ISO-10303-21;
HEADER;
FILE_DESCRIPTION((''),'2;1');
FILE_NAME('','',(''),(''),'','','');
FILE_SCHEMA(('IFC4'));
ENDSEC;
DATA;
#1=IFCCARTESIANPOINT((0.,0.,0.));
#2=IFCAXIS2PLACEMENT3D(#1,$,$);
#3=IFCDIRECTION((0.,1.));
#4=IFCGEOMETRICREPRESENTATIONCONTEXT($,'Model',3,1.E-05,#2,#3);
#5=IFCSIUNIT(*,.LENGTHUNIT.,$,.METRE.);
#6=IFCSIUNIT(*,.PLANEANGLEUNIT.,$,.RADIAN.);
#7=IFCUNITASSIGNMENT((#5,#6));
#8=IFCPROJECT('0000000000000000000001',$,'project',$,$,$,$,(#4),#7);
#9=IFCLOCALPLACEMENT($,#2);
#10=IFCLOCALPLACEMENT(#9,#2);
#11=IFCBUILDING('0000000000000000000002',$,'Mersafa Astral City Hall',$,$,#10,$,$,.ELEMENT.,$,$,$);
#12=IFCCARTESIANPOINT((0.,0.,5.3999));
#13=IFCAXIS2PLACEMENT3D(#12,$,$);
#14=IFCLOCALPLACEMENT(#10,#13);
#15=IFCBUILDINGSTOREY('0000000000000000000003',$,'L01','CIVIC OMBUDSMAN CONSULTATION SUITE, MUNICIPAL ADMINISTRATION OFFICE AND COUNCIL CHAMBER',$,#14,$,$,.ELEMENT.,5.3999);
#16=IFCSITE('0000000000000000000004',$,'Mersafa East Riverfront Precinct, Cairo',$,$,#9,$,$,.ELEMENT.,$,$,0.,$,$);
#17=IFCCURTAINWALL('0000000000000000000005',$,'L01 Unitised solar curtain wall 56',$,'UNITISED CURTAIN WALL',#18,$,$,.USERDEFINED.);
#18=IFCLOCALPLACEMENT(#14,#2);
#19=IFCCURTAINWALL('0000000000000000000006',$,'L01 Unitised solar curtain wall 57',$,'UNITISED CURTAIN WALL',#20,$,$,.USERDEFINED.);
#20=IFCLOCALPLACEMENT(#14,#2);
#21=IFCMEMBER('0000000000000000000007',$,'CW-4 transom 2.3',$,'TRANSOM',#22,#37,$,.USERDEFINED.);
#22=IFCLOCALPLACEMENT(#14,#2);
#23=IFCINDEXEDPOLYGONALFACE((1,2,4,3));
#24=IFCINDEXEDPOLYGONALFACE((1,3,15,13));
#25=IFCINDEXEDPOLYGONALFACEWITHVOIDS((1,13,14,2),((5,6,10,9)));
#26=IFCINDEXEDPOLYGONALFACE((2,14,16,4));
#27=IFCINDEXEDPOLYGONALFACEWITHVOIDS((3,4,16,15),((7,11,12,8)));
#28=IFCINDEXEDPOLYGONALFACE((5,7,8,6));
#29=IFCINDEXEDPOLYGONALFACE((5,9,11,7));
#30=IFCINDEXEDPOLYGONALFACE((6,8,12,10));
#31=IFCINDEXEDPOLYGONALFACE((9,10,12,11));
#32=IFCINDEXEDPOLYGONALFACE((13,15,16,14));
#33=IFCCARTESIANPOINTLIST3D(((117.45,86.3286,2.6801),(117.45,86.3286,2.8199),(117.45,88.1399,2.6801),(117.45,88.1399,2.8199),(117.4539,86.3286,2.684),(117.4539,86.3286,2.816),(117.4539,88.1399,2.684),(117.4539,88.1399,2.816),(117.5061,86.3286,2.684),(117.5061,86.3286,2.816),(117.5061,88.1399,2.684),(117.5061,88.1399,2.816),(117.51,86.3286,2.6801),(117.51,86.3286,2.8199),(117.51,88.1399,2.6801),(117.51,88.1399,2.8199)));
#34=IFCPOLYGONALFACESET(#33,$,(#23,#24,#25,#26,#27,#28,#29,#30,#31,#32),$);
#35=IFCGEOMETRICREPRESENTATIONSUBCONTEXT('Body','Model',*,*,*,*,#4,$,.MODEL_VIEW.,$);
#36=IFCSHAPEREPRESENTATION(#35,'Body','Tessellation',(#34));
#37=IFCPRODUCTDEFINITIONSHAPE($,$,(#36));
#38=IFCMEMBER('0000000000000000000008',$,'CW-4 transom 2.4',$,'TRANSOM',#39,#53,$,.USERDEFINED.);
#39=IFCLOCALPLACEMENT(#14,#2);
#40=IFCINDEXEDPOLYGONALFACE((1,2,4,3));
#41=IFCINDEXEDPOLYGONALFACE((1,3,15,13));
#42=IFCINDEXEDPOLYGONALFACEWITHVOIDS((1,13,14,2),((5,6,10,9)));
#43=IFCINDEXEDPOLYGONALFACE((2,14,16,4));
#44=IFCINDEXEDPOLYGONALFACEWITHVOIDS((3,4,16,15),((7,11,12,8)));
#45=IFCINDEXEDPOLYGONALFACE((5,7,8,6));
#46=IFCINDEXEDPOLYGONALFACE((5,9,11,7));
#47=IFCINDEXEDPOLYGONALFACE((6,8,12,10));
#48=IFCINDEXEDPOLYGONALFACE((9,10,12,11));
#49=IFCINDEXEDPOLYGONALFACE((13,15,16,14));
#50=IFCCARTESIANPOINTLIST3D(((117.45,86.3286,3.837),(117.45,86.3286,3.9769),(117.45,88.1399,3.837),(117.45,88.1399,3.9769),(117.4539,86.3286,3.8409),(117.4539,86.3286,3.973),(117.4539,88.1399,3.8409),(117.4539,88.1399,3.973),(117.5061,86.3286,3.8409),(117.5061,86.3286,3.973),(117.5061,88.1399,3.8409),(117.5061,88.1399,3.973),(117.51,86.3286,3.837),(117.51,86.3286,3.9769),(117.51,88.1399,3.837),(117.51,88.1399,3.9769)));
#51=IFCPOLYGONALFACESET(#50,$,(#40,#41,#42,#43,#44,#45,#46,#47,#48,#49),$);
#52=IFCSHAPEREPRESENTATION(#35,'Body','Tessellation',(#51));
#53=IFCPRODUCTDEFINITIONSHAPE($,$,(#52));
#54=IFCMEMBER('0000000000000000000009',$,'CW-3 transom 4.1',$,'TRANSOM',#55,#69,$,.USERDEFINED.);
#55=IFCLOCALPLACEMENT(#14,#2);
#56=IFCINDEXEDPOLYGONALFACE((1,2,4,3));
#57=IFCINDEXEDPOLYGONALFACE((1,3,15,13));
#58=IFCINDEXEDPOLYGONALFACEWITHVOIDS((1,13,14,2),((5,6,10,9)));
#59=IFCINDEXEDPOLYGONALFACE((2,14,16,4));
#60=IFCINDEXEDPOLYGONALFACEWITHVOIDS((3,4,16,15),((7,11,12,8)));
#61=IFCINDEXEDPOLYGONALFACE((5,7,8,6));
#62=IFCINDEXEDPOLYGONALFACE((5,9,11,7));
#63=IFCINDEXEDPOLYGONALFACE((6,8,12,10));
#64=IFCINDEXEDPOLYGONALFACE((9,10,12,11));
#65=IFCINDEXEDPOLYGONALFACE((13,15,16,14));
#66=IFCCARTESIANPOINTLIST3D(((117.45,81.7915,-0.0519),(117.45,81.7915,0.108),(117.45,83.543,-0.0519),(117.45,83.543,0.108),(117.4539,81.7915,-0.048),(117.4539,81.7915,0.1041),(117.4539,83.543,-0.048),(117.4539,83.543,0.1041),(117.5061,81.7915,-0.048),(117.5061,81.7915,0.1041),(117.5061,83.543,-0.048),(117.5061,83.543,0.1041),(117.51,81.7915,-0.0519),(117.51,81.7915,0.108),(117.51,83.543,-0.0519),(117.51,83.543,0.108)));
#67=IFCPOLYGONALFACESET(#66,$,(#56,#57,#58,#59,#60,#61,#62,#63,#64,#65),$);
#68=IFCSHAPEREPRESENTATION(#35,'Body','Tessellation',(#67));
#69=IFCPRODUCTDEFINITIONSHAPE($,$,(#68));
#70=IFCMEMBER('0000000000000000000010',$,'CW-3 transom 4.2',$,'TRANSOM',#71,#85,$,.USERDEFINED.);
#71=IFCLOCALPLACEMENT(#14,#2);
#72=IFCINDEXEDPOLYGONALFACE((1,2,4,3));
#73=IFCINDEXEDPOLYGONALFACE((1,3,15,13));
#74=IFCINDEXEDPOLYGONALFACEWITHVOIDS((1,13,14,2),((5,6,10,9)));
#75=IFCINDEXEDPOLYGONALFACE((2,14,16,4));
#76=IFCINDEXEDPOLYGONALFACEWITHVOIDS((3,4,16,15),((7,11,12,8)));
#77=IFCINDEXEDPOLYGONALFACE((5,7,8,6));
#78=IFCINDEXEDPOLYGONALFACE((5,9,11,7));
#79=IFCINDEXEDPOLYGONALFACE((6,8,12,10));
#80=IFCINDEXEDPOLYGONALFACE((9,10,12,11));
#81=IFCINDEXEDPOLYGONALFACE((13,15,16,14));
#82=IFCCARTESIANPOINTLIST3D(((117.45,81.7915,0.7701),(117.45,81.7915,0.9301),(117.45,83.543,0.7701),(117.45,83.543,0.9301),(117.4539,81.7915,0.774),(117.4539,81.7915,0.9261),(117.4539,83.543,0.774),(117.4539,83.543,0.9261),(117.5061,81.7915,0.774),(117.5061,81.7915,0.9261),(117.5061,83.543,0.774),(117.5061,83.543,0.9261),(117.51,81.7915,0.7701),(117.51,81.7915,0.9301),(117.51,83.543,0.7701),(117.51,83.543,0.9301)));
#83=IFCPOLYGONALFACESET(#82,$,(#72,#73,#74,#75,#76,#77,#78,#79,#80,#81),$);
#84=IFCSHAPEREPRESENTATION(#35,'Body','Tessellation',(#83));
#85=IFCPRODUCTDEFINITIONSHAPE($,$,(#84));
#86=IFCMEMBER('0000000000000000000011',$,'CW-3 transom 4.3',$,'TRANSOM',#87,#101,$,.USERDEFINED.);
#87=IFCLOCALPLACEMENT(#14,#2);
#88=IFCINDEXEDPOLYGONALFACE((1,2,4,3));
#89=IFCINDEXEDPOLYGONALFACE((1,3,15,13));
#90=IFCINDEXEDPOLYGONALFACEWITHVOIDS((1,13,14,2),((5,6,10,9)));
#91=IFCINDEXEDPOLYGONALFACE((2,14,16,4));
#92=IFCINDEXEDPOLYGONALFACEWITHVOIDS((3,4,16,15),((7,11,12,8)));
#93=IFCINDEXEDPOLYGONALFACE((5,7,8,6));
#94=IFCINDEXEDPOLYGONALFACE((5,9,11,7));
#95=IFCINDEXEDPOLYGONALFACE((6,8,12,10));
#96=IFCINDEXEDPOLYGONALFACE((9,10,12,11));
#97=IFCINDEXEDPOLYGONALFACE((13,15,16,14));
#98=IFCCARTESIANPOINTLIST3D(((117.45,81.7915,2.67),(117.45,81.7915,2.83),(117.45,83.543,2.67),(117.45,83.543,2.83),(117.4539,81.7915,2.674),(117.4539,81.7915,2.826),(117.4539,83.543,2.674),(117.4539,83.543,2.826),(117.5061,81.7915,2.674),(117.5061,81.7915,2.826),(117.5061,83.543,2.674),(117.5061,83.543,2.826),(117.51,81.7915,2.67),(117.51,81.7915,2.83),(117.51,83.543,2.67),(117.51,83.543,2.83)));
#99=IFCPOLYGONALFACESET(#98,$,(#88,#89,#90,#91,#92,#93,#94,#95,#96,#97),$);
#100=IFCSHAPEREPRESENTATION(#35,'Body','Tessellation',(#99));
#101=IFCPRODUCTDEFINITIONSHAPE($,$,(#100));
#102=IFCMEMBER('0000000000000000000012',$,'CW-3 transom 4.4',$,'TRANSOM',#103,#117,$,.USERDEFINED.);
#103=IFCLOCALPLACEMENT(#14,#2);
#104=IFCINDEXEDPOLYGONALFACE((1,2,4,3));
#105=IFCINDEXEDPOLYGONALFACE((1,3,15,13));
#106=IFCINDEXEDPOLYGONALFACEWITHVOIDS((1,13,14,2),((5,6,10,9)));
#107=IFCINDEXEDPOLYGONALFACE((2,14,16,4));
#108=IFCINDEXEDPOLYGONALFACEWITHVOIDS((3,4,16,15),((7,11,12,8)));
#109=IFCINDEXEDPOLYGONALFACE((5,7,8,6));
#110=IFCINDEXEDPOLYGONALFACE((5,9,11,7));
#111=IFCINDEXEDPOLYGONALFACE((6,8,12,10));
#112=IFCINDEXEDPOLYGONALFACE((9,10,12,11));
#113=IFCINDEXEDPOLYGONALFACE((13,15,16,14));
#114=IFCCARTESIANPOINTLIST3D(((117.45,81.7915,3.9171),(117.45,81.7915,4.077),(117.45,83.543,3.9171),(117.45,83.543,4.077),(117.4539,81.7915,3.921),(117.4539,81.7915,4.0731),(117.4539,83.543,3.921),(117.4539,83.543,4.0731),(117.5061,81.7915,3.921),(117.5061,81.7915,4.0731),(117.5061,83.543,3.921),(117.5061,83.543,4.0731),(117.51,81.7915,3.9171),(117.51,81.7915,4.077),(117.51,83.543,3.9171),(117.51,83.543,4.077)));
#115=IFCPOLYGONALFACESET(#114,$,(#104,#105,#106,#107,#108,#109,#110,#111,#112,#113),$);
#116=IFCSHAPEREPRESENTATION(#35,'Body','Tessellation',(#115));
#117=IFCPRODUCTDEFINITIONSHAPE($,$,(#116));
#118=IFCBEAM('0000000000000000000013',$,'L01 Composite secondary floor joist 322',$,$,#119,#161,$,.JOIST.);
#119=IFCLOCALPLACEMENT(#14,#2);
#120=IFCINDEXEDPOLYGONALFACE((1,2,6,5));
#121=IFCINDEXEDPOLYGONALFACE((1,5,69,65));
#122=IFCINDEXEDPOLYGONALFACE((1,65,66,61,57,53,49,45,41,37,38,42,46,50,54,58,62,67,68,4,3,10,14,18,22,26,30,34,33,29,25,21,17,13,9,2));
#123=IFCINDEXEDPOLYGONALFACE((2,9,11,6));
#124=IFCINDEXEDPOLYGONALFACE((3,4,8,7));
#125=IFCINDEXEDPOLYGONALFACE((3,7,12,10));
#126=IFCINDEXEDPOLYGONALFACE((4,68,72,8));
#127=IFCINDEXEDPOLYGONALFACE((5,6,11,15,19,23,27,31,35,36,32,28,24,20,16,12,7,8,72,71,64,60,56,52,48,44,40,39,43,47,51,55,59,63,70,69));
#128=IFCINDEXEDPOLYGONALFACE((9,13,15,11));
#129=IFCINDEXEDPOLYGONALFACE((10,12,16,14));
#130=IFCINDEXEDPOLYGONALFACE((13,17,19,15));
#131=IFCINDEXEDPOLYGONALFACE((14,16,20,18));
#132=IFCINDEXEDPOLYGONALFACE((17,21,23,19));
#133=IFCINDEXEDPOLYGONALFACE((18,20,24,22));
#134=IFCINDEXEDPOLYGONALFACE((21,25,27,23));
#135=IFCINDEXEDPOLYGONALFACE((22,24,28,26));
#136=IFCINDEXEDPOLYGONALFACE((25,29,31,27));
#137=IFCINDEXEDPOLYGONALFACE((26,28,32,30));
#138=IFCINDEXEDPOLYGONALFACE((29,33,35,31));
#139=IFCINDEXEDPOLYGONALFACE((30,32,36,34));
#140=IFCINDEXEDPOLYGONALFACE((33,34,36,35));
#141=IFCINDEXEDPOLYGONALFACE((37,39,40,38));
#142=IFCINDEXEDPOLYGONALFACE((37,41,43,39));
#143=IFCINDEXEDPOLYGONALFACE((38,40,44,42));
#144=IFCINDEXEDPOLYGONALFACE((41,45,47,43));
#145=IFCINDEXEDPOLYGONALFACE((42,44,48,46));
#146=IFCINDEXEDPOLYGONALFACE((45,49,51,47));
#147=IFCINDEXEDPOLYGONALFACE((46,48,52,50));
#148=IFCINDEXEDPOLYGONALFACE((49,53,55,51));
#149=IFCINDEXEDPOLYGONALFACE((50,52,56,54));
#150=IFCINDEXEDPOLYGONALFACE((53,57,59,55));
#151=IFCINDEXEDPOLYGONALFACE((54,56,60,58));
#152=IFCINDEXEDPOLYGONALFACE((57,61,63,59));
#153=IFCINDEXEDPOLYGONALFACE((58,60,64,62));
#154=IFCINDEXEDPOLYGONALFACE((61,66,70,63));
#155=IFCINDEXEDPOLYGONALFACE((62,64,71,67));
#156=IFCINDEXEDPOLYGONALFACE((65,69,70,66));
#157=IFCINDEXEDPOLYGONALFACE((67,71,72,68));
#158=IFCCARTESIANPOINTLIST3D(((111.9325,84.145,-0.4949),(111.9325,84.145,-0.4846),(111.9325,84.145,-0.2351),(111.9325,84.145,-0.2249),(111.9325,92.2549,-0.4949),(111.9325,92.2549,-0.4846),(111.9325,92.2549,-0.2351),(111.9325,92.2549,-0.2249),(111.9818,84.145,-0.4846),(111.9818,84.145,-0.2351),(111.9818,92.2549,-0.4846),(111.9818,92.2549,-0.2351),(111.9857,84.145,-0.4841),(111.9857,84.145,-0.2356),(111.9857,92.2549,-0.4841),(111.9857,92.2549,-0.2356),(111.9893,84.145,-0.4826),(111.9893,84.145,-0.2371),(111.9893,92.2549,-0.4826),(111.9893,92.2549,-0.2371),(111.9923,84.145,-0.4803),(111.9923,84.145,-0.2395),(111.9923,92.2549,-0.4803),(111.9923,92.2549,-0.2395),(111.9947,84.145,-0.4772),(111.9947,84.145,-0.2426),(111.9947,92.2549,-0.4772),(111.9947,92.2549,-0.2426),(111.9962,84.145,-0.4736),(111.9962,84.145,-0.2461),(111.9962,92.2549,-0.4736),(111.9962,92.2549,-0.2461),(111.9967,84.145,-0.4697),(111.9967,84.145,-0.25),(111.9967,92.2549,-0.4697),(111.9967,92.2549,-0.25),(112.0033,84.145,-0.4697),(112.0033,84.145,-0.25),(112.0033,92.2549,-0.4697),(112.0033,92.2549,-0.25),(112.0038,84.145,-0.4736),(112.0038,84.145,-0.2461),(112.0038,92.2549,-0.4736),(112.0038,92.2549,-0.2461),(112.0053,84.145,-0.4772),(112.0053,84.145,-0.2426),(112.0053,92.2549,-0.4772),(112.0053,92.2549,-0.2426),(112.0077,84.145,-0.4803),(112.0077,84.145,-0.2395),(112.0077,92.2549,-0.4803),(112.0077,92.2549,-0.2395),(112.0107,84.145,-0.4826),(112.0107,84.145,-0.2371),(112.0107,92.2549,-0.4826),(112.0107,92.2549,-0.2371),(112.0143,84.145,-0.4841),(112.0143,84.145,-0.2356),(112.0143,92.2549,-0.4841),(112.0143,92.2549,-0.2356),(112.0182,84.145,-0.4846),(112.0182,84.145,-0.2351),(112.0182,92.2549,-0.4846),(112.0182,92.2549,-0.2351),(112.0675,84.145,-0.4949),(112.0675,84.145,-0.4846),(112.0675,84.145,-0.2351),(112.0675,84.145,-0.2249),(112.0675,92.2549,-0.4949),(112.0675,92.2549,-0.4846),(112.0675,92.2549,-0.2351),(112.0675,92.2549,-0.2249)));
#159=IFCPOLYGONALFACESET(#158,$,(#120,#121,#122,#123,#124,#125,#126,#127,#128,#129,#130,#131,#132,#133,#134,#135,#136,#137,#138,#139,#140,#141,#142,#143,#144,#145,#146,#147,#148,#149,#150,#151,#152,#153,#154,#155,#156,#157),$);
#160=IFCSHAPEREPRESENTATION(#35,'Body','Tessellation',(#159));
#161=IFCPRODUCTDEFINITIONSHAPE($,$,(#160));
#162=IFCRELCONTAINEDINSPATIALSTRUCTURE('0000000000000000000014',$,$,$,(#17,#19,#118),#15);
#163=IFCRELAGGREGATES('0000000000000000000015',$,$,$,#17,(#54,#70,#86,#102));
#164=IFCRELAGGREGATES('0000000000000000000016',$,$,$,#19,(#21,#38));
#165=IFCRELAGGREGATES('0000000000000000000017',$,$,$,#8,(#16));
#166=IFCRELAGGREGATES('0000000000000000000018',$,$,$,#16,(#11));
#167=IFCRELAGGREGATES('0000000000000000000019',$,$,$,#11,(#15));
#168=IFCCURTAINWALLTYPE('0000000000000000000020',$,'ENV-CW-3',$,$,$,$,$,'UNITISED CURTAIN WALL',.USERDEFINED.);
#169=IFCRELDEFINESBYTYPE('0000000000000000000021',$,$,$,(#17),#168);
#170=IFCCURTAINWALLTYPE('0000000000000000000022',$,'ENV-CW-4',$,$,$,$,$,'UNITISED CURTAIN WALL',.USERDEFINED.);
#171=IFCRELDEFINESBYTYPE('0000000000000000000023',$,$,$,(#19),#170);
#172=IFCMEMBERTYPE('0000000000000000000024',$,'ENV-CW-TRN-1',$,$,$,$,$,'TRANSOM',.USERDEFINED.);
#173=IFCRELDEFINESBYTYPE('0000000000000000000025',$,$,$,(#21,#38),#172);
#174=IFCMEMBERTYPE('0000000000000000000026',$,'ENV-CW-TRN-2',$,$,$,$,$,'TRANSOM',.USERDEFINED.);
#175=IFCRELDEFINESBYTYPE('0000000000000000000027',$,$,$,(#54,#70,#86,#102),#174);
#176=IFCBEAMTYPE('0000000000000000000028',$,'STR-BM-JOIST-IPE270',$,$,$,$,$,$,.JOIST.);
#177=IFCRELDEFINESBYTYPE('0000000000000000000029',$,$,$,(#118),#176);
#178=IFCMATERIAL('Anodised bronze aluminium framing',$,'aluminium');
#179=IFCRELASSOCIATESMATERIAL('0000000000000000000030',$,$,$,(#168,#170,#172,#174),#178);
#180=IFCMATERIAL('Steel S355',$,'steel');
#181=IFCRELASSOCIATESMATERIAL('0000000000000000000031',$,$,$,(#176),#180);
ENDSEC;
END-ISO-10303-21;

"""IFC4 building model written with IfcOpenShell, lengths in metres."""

from ifc_helpers import new_model, si_unit, direction, frame, origin, origin_2d, place, context, subcontext, project, spatial, hollow_rectangle, i_section, extrude, material, material_profile, profile_set, type_object, element, aggregate, save


model = new_model("IFC4")

# Units and contexts
model_context = context("Model", 3, precision=1e-05, world=origin(), true_north=direction((0.0, 1.0)))
body_context = subcontext(model_context, "Body", "Model", "MODEL_VIEW")
ifc_project = project(units=[si_unit("LENGTHUNIT", "METRE"), si_unit("PLANEANGLEUNIT", "RADIAN")], contexts=[model_context])

# Site, building, storey
site_placement = place(None, origin())
site = spatial("IfcSite", under=ifc_project, at=site_placement, Name="Mersafa East Riverfront Precinct, Cairo", CompositionType="ELEMENT", RefElevation=0.0)
building_placement = place(site_placement, origin())
building = spatial("IfcBuilding", under=site, at=building_placement, Name="Mersafa Astral City Hall", CompositionType="ELEMENT")
storey_placement = place(building_placement, frame((0.0, 0.0, 5.3999)))
storey = spatial("IfcBuildingStorey", under=building, at=storey_placement, Name="L01", Description="CIVIC OMBUDSMAN CONSULTATION SUITE, MUNICIPAL ADMINISTRATION OFFICE AND COUNCIL CHAMBER", CompositionType="ELEMENT", Elevation=5.3999)

# Curtain walls, members
ifc_material_1 = material(Name="Anodised bronze aluminium framing", Category="aluminium")
curtain_wall_type_1 = type_object("IfcCurtainWallType", Name="ENV-CW-3", ElementType="UNITISED CURTAIN WALL", PredefinedType="USERDEFINED", material=ifc_material_1)
curtain_wall_1_placement = place(storey_placement, origin())
curtain_wall_1 = element("IfcCurtainWall", 1, at=curtain_wall_1_placement, inside=storey, type_object=curtain_wall_type_1, Name="L01 Unitised solar curtain wall 56", ObjectType="UNITISED CURTAIN WALL", PredefinedType="USERDEFINED")
curtain_wall_type_2 = type_object("IfcCurtainWallType", Name="ENV-CW-4", ElementType="UNITISED CURTAIN WALL", PredefinedType="USERDEFINED", material=ifc_material_1)
curtain_wall_2_placement = place(storey_placement, origin())
curtain_wall_2 = element("IfcCurtainWall", 2, at=curtain_wall_2_placement, inside=storey, type_object=curtain_wall_type_2, Name="L01 Unitised solar curtain wall 57", ObjectType="UNITISED CURTAIN WALL", PredefinedType="USERDEFINED")
ifc_material_profile_1 = material_profile(ifc_material_1, hollow_rectangle(XDim=0.0601, YDim=0.1399, WallThickness=0.0039, at=origin_2d()), Name="RHS 60x140x4")
ifc_profile_set_1 = profile_set([ifc_material_profile_1], Name="Anodised bronze aluminium framing")
member_type_1 = type_object("IfcMemberType", Name="ENV-CW-TRN-1", ElementType="TRANSOM", PredefinedType="USERDEFINED", material=ifc_profile_set_1)
member_1_placement = place(storey_placement, frame((117.48, 86.3286, 2.75), z_axis=(0.0, 1.0, 0.0), x_axis=(-1.0, 0.0, 0.0)))
member_1 = element("IfcMember", 3, at=member_1_placement, type_object=member_type_1, Name="CW-4 transom 2.3", ObjectType="TRANSOM", PredefinedType="USERDEFINED", context=body_context, shape_type="SweptSolid", body=[
    extrude(hollow_rectangle(XDim=0.0601, YDim=0.1399, WallThickness=0.0039, at=origin_2d()), origin(), (0.0, 0.0, 1.0), 1.8113),
])
member_2_placement = place(storey_placement, frame((117.48, 86.3286, 3.907), z_axis=(0.0, 1.0, 0.0), x_axis=(-1.0, 0.0, 0.0)))
member_2 = element("IfcMember", 4, at=member_2_placement, type_object=member_type_1, Name="CW-4 transom 2.4", ObjectType="TRANSOM", PredefinedType="USERDEFINED", context=body_context, shape_type="SweptSolid", body=[
    extrude(hollow_rectangle(XDim=0.0601, YDim=0.1399, WallThickness=0.0039, at=origin_2d()), origin(), (0.0, 0.0, 1.0), 1.8113),
])

# Members
ifc_material_profile_2 = material_profile(ifc_material_1, hollow_rectangle(XDim=0.0601, YDim=0.1599, WallThickness=0.0039, at=origin_2d()), Name="RHS 60x160x4")
ifc_profile_set_2 = profile_set([ifc_material_profile_2], Name="Anodised bronze aluminium framing")
member_type_2 = type_object("IfcMemberType", Name="ENV-CW-TRN-2", ElementType="TRANSOM", PredefinedType="USERDEFINED", material=ifc_profile_set_2)
member_3_placement = place(storey_placement, frame((117.48, 81.7915, 0.0281), z_axis=(0.0, 1.0, 0.0), x_axis=(-1.0, 0.0, 0.0)))
member_3 = element("IfcMember", 5, at=member_3_placement, type_object=member_type_2, Name="CW-3 transom 4.1", ObjectType="TRANSOM", PredefinedType="USERDEFINED", context=body_context, shape_type="SweptSolid", body=[
    extrude(hollow_rectangle(XDim=0.0601, YDim=0.1599, WallThickness=0.0039, at=origin_2d()), origin(), (0.0, 0.0, 1.0), 1.7515),
])
member_4_placement = place(storey_placement, frame((117.48, 81.7915, 0.8501), z_axis=(0.0, 1.0, 0.0), x_axis=(-1.0, 0.0, 0.0)))
member_4 = element("IfcMember", 6, at=member_4_placement, type_object=member_type_2, Name="CW-3 transom 4.2", ObjectType="TRANSOM", PredefinedType="USERDEFINED", context=body_context, shape_type="SweptSolid", body=[
    extrude(hollow_rectangle(XDim=0.0601, YDim=0.1599, WallThickness=0.0039, at=origin_2d()), origin(), (0.0, 0.0, 1.0), 1.7515),
])
member_5_placement = place(storey_placement, frame((117.48, 81.7915, 2.75), z_axis=(0.0, 1.0, 0.0), x_axis=(-1.0, 0.0, 0.0)))
member_5 = element("IfcMember", 7, at=member_5_placement, type_object=member_type_2, Name="CW-3 transom 4.3", ObjectType="TRANSOM", PredefinedType="USERDEFINED", context=body_context, shape_type="SweptSolid", body=[
    extrude(hollow_rectangle(XDim=0.0601, YDim=0.1599, WallThickness=0.0039, at=origin_2d()), origin(), (0.0, 0.0, 1.0), 1.7515),
])
member_6_placement = place(storey_placement, frame((117.48, 81.7915, 3.9971), z_axis=(0.0, 1.0, 0.0), x_axis=(-1.0, 0.0, 0.0)))
member_6 = element("IfcMember", 8, at=member_6_placement, type_object=member_type_2, Name="CW-3 transom 4.4", ObjectType="TRANSOM", PredefinedType="USERDEFINED", context=body_context, shape_type="SweptSolid", body=[
    extrude(hollow_rectangle(XDim=0.0601, YDim=0.1599, WallThickness=0.0039, at=origin_2d()), origin(), (0.0, 0.0, 1.0), 1.7515),
])

# Beam
ifc_material_2 = material(Name="Steel S355", Category="steel")
ifc_material_profile_3 = material_profile(ifc_material_2, i_section(OverallWidth=0.135, OverallDepth=0.27, WebThickness=0.0066, FlangeThickness=0.0103, FilletRadius=0.0149, at=origin_2d()), Name="IPE 270")
ifc_profile_set_3 = profile_set([ifc_material_profile_3], Name="Steel S355")
beam_type_1 = type_object("IfcBeamType", Name="STR-BM-JOIST-IPE270", PredefinedType="JOIST", material=ifc_profile_set_3)
for number, where, z_axis, x_axis, name in (
    (9, (112.0, 84.145, -0.3599), (0.0, 1.0, 0.0), (-1.0, 0.0, 0.0), "L01 Composite secondary floor joist 322"),
):
    element("IfcBeam", number, at=place(storey_placement, frame(where, z_axis=z_axis, x_axis=x_axis)), inside=storey, type_object=beam_type_1, Name=name, PredefinedType="JOIST", context=body_context, shape_type="SweptSolid", body=[
        extrude(i_section(OverallWidth=0.135, OverallDepth=0.27, WebThickness=0.0066, FlangeThickness=0.0103, FilletRadius=0.0149, at=origin_2d()), origin(), (0.0, 0.0, 1.0), 8.1099),
    ])

aggregate(curtain_wall_1, [member_3, member_4, member_5, member_6])
aggregate(curtain_wall_2, [member_1, member_2])

save(model, "model.ifc")
